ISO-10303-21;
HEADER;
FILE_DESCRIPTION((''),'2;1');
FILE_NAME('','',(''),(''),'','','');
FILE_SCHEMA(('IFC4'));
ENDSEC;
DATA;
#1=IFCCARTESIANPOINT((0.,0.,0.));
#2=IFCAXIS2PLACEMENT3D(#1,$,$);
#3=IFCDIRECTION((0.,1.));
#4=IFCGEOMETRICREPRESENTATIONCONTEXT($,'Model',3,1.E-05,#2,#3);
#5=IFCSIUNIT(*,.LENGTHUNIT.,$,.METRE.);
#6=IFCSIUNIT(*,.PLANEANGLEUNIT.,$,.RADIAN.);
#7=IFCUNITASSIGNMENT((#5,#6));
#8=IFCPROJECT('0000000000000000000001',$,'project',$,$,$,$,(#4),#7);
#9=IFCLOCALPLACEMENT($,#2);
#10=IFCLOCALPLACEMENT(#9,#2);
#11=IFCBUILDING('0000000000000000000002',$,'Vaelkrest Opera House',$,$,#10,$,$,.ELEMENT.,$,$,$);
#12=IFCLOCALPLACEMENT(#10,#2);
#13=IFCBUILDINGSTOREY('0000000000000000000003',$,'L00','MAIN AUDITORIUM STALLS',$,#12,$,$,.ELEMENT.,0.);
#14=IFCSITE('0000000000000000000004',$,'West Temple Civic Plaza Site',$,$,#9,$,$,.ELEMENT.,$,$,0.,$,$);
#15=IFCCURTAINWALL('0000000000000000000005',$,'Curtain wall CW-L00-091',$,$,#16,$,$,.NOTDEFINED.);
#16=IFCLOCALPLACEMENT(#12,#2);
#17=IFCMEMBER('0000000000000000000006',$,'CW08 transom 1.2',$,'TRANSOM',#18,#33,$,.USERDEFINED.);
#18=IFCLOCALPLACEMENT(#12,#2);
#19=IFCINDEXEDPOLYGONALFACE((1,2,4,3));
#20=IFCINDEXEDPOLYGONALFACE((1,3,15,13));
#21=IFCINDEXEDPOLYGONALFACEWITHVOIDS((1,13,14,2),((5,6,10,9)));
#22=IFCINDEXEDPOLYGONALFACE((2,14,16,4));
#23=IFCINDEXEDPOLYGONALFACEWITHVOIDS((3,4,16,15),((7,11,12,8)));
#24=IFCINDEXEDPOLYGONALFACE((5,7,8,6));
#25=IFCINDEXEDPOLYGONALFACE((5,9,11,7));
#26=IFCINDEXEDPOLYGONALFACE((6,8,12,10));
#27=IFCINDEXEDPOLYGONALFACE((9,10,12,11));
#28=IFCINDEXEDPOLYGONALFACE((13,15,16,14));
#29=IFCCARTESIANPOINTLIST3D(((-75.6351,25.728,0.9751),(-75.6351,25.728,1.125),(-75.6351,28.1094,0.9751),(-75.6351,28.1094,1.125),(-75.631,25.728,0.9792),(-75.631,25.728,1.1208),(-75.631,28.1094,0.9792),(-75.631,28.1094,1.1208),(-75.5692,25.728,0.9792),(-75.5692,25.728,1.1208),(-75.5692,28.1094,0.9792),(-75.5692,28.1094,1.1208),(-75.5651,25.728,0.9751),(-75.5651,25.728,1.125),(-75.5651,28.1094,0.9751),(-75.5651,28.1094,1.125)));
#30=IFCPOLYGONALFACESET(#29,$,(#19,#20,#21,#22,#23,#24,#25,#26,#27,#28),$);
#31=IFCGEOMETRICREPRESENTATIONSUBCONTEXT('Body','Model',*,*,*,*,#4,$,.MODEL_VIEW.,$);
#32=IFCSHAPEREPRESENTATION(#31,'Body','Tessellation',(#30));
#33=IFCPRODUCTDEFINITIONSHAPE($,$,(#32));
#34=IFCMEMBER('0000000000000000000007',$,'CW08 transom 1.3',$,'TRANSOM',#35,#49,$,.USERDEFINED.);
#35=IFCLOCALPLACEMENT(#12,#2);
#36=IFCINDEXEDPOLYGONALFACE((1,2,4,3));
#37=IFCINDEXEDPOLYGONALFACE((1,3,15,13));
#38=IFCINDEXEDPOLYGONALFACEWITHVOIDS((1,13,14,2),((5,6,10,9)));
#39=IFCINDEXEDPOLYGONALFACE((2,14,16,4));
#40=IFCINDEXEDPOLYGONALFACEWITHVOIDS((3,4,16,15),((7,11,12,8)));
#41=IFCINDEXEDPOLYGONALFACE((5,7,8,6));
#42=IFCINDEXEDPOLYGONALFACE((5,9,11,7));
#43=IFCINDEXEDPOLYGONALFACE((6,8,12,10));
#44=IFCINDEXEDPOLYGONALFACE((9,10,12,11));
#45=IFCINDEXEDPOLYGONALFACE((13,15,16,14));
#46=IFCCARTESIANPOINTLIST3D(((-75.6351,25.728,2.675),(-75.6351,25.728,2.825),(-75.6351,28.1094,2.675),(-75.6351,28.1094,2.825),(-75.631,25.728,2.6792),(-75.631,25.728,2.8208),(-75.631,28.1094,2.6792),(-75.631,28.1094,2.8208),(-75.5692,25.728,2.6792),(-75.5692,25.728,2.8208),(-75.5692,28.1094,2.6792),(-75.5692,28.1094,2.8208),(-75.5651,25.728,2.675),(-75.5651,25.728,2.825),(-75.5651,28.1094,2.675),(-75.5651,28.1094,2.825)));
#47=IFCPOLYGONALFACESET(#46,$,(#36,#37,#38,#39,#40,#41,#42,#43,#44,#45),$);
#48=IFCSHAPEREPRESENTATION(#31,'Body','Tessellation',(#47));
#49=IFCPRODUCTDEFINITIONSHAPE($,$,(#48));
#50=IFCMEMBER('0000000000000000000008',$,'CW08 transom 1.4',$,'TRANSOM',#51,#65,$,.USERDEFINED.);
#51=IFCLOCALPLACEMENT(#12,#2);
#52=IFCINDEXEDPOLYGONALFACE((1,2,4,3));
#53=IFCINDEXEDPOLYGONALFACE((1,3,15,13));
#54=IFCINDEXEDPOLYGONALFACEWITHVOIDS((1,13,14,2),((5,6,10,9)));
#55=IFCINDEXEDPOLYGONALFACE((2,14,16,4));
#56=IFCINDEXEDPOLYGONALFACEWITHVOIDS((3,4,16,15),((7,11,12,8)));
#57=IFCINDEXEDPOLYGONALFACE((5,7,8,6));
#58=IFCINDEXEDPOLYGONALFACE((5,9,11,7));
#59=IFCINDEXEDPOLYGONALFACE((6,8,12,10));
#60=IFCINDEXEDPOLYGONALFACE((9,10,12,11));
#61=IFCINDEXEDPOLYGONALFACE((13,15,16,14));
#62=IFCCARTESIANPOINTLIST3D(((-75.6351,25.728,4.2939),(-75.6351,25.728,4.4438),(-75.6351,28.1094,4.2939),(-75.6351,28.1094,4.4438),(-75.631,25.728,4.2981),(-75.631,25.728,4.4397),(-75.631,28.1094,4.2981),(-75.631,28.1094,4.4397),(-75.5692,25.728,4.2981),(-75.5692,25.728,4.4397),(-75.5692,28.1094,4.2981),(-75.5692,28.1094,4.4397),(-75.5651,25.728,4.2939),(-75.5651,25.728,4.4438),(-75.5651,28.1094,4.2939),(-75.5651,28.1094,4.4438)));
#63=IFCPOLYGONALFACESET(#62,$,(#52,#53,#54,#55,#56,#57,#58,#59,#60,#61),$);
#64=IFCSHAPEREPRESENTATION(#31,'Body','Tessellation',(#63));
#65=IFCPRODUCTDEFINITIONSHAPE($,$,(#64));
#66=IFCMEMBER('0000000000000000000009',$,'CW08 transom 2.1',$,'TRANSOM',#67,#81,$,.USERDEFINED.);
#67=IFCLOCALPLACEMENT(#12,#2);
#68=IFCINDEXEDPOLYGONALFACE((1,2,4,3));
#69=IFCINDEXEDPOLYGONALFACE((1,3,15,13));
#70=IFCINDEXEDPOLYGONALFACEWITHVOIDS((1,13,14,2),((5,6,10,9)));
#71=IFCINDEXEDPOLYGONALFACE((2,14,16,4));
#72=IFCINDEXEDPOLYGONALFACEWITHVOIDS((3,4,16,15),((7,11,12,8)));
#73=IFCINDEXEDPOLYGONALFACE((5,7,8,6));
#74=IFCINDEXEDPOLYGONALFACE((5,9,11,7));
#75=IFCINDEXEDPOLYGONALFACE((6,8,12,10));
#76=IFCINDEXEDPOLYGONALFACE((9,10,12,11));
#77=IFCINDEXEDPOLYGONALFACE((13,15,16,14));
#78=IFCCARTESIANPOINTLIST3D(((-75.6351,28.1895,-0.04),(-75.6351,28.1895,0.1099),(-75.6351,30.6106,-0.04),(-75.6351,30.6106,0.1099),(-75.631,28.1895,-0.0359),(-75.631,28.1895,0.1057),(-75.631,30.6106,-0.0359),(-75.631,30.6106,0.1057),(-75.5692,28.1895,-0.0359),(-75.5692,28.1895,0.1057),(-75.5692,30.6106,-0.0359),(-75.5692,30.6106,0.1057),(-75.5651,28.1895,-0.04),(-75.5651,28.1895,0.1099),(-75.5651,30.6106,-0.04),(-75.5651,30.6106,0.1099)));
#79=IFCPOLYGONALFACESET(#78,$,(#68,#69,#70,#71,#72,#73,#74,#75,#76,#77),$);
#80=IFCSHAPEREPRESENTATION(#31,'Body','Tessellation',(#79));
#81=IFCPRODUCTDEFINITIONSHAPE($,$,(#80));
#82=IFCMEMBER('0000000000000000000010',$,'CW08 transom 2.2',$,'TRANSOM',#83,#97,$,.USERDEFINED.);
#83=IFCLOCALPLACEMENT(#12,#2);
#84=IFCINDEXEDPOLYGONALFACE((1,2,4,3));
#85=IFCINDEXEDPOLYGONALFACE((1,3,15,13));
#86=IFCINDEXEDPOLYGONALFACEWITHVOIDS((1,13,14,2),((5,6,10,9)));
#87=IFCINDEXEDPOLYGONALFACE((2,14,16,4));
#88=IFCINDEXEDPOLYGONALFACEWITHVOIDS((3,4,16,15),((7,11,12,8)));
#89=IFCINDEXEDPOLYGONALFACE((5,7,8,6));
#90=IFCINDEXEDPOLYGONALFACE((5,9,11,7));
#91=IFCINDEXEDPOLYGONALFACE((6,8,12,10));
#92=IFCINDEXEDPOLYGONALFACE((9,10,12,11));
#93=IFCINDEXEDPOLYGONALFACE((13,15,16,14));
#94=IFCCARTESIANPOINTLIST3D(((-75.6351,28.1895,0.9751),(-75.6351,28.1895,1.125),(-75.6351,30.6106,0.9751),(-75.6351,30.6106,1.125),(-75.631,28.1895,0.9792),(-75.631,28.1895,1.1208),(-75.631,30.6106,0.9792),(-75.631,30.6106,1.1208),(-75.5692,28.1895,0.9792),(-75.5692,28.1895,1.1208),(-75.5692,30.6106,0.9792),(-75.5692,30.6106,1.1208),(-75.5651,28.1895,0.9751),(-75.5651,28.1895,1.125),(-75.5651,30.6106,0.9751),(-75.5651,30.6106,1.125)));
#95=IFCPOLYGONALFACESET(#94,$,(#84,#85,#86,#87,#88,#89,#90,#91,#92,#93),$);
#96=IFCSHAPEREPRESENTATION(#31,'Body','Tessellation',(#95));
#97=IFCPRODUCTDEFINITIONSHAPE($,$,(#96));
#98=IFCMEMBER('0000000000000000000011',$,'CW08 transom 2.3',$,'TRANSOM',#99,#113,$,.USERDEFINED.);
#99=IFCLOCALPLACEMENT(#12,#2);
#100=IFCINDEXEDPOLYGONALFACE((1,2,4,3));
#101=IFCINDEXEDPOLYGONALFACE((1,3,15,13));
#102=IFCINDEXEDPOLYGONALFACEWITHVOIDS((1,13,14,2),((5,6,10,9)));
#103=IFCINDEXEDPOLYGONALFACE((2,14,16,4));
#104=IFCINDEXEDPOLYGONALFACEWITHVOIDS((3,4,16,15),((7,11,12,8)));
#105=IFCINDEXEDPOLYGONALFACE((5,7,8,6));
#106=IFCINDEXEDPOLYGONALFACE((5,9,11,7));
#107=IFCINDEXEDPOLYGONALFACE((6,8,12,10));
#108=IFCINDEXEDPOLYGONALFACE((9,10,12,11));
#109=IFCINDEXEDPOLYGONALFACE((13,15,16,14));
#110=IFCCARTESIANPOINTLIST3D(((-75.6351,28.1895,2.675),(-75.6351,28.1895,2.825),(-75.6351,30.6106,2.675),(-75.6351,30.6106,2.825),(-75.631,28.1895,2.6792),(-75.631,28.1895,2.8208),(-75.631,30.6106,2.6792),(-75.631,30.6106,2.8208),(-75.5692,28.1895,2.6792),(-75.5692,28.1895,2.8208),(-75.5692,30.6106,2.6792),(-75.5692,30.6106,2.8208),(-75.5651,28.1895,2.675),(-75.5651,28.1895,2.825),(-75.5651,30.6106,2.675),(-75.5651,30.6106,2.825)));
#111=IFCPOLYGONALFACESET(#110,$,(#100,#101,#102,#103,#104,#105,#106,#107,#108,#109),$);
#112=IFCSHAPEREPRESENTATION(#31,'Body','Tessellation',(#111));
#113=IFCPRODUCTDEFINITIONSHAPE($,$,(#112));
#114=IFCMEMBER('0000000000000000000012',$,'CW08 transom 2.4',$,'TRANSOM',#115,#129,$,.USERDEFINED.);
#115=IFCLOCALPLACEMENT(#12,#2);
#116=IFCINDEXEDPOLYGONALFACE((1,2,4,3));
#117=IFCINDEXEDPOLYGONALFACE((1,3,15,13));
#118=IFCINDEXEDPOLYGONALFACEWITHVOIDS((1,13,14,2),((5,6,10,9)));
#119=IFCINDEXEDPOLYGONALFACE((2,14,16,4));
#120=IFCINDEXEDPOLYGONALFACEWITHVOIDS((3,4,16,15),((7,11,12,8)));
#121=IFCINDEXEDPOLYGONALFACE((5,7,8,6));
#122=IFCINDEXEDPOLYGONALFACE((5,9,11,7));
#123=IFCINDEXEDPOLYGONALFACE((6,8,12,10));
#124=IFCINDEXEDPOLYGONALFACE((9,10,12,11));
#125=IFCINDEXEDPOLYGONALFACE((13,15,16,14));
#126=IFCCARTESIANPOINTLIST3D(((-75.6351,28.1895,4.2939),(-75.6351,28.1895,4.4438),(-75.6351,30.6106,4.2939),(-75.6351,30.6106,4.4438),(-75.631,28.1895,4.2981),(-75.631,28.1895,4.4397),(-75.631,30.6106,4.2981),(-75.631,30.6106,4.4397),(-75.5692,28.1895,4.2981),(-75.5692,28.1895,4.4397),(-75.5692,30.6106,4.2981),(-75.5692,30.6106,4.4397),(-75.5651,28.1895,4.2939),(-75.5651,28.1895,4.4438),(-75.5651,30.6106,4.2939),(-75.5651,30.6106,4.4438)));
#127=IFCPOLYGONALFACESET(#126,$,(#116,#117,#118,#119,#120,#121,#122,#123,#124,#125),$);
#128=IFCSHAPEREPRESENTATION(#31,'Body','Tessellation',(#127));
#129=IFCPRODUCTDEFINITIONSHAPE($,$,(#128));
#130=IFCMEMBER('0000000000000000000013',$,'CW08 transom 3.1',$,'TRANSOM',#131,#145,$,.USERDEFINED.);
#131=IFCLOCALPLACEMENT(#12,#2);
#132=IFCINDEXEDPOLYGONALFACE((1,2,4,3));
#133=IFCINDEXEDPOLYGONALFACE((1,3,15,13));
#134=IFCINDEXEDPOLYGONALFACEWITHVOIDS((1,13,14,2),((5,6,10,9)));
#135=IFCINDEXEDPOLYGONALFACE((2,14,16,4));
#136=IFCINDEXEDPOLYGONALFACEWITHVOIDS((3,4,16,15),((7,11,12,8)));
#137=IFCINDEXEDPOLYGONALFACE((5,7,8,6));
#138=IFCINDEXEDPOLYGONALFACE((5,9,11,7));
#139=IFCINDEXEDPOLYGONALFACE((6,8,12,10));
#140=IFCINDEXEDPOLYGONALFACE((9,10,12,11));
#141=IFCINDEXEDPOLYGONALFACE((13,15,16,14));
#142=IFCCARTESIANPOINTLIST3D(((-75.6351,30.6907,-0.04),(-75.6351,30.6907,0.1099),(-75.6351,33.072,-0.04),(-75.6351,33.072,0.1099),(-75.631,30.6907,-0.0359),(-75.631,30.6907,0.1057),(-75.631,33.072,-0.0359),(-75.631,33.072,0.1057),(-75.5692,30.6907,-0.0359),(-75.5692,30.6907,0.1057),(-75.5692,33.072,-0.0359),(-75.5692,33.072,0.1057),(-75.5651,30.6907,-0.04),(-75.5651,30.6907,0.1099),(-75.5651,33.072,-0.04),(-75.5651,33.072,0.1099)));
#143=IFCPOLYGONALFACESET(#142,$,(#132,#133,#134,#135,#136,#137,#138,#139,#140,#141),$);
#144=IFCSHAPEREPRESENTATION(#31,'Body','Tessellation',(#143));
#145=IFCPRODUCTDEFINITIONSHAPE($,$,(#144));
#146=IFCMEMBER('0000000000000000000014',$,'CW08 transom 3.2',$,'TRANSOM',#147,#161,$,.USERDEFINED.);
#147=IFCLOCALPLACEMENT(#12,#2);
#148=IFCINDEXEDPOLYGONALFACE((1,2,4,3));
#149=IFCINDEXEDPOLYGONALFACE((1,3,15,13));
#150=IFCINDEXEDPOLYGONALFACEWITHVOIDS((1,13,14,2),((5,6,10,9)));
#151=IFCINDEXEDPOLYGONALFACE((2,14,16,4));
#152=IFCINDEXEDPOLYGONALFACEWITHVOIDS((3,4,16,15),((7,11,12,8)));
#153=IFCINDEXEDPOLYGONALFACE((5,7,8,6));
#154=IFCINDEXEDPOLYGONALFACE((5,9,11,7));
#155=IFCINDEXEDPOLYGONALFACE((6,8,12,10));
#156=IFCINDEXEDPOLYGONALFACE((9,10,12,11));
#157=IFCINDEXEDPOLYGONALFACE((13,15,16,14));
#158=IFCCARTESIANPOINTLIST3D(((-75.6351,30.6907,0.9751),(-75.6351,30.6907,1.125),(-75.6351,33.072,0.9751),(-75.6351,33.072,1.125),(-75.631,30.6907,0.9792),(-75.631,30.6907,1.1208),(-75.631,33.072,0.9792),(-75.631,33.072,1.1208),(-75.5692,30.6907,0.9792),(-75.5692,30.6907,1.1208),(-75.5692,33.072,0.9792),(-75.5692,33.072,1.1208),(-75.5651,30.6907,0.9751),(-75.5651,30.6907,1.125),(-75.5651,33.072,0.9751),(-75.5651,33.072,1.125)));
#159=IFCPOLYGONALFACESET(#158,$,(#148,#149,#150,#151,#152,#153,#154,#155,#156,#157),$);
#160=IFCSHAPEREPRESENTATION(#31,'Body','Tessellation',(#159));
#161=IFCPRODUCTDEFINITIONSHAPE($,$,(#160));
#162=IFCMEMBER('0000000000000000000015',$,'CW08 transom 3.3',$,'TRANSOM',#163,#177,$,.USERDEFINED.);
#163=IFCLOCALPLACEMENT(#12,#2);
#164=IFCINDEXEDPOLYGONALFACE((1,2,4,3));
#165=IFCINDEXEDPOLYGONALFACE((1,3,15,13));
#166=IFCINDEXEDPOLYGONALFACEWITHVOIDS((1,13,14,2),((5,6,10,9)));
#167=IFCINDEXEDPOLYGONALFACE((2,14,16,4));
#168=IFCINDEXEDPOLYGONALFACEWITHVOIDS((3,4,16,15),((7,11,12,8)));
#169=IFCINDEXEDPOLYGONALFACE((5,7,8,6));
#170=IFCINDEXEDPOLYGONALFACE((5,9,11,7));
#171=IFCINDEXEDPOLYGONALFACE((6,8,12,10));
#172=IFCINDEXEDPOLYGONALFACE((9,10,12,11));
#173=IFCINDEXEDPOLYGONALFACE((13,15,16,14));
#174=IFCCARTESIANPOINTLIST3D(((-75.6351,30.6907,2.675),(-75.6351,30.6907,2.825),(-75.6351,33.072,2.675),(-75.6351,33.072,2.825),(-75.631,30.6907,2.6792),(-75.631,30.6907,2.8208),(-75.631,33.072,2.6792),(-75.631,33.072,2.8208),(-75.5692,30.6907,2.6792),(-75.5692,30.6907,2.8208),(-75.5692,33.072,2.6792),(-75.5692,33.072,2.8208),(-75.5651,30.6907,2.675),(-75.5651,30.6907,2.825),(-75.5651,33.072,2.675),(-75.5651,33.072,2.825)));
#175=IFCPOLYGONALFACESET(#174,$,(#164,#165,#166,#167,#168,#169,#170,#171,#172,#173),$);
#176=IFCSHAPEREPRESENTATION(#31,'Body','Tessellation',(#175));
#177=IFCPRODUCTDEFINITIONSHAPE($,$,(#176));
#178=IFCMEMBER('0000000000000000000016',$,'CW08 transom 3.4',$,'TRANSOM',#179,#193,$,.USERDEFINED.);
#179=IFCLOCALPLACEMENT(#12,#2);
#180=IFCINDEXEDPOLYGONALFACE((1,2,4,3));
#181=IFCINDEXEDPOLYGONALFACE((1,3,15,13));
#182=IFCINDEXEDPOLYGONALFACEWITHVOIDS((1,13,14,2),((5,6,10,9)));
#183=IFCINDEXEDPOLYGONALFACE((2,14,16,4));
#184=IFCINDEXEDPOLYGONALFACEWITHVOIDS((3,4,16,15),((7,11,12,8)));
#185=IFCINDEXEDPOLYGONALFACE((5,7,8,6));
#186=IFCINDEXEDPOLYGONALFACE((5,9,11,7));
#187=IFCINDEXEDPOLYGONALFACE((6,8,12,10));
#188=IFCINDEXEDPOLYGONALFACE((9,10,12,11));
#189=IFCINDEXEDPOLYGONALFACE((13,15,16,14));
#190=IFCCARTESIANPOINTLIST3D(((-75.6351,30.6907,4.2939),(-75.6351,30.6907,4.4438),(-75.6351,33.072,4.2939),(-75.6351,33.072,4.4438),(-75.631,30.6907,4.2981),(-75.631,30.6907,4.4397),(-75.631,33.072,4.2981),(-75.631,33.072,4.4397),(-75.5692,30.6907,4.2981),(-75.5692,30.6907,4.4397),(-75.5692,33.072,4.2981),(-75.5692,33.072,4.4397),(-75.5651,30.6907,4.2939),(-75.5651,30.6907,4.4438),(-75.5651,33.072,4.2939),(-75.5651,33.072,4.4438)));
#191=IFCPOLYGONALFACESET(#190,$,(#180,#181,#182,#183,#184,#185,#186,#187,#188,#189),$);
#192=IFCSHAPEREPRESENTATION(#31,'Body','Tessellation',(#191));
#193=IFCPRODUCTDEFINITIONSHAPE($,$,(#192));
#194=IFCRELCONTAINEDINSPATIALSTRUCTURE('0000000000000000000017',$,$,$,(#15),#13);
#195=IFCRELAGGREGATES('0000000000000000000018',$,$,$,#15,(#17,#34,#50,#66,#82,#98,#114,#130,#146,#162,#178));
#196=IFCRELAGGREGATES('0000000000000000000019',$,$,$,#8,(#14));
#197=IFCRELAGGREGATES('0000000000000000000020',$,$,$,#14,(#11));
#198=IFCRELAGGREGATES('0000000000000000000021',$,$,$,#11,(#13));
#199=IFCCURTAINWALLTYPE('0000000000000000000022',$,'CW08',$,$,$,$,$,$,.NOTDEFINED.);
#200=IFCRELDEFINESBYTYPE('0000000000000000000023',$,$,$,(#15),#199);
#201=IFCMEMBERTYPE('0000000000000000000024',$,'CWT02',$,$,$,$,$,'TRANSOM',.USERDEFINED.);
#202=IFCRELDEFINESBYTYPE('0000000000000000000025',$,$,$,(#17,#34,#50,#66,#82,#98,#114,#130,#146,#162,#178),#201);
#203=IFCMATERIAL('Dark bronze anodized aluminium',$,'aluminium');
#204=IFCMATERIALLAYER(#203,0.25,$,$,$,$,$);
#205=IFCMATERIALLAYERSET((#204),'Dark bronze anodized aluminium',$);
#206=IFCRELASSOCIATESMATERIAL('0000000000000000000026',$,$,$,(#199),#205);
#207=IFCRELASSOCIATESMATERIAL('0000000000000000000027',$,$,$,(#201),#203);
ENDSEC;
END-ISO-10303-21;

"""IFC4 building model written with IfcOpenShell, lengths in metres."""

from ifc_helpers import new_model, si_unit, direction, frame, origin, origin_2d, place, context, subcontext, project, spatial, hollow_rectangle, extrude, material, layer, layer_set, material_profile, profile_set, type_object, element, aggregate, save


model = new_model("IFC4")

# Units and contexts
model_context = context("Model", 3, precision=1e-05, world=origin(), true_north=direction((0.0, 1.0)))
body_context = subcontext(model_context, "Body", "Model", "MODEL_VIEW")
ifc_project = project(units=[si_unit("LENGTHUNIT", "METRE"), si_unit("PLANEANGLEUNIT", "RADIAN")], contexts=[model_context])

# Site, building, storey
site_placement = place(None, origin())
site = spatial("IfcSite", under=ifc_project, at=site_placement, Name="West Temple Civic Plaza Site", CompositionType="ELEMENT", RefElevation=0.0)
building_placement = place(site_placement, origin())
building = spatial("IfcBuilding", under=site, at=building_placement, Name="Vaelkrest Opera House", CompositionType="ELEMENT")
storey_placement = place(building_placement, origin())
storey = spatial("IfcBuildingStorey", under=building, at=storey_placement, Name="L00", Description="MAIN AUDITORIUM STALLS", CompositionType="ELEMENT", Elevation=0.0)

# Curtain wall, members
ifc_material_1 = material(Name="Dark bronze anodized aluminium", Category="aluminium")
ifc_layer_1 = layer(ifc_material_1, 0.25)
ifc_layer_set_1 = layer_set([ifc_layer_1], Name="Dark bronze anodized aluminium")
curtain_wall_type = type_object("IfcCurtainWallType", Name="CW08", PredefinedType="NOTDEFINED", material=ifc_layer_set_1)
curtain_wall_placement = place(storey_placement, origin())
curtain_wall = element("IfcCurtainWall", 1, at=curtain_wall_placement, inside=storey, type_object=curtain_wall_type, Name="Curtain wall CW-L00-091", PredefinedType="NOTDEFINED")
ifc_material_profile_1 = material_profile(ifc_material_1, hollow_rectangle(XDim=0.0701, YDim=0.1499, WallThickness=0.0042, at=origin_2d()), Name="CWT70X150")
ifc_profile_set_1 = profile_set([ifc_material_profile_1], Name="Dark bronze anodized aluminium")
member_type_1 = type_object("IfcMemberType", Name="CWT02", ElementType="TRANSOM", PredefinedType="USERDEFINED", material=ifc_profile_set_1)
member_1_placement = place(storey_placement, frame((-75.6001, 25.728, 1.05), z_axis=(0.0, 1.0, 0.0), x_axis=(-1.0, 0.0, 0.0)))
member_1 = element("IfcMember", 2, at=member_1_placement, type_object=member_type_1, Name="CW08 transom 1.2", ObjectType="TRANSOM", PredefinedType="USERDEFINED", context=body_context, shape_type="SweptSolid", body=[
    extrude(hollow_rectangle(XDim=0.0701, YDim=0.1499, WallThickness=0.0042, at=origin_2d()), origin(), (0.0, 0.0, 1.0), 2.3813),
])
member_2_placement = place(storey_placement, frame((-75.6001, 25.728, 2.75), z_axis=(0.0, 1.0, 0.0), x_axis=(-1.0, 0.0, 0.0)))
member_2 = element("IfcMember", 3, at=member_2_placement, type_object=member_type_1, Name="CW08 transom 1.3", ObjectType="TRANSOM", PredefinedType="USERDEFINED", context=body_context, shape_type="SweptSolid", body=[
    extrude(hollow_rectangle(XDim=0.0701, YDim=0.1499, WallThickness=0.0042, at=origin_2d()), origin(), (0.0, 0.0, 1.0), 2.3813),
])
member_3_placement = place(storey_placement, frame((-75.6001, 25.728, 4.3689), z_axis=(0.0, 1.0, 0.0), x_axis=(-1.0, 0.0, 0.0)))
member_3 = element("IfcMember", 4, at=member_3_placement, type_object=member_type_1, Name="CW08 transom 1.4", ObjectType="TRANSOM", PredefinedType="USERDEFINED", context=body_context, shape_type="SweptSolid", body=[
    extrude(hollow_rectangle(XDim=0.0701, YDim=0.1499, WallThickness=0.0042, at=origin_2d()), origin(), (0.0, 0.0, 1.0), 2.3813),
])
member_4_placement = place(storey_placement, frame((-75.6001, 28.1895, 0.0349), z_axis=(0.0, 1.0, 0.0), x_axis=(-1.0, 0.0, 0.0)))
member_4 = element("IfcMember", 5, at=member_4_placement, type_object=member_type_1, Name="CW08 transom 2.1", ObjectType="TRANSOM", PredefinedType="USERDEFINED", context=body_context, shape_type="SweptSolid", body=[
    extrude(hollow_rectangle(XDim=0.0701, YDim=0.1499, WallThickness=0.0042, at=origin_2d()), origin(), (0.0, 0.0, 1.0), 2.4211),
])
member_5_placement = place(storey_placement, frame((-75.6001, 28.1895, 1.05), z_axis=(0.0, 1.0, 0.0), x_axis=(-1.0, 0.0, 0.0)))
member_5 = element("IfcMember", 6, at=member_5_placement, type_object=member_type_1, Name="CW08 transom 2.2", ObjectType="TRANSOM", PredefinedType="USERDEFINED", context=body_context, shape_type="SweptSolid", body=[
    extrude(hollow_rectangle(XDim=0.0701, YDim=0.1499, WallThickness=0.0042, at=origin_2d()), origin(), (0.0, 0.0, 1.0), 2.4211),
])
member_6_placement = place(storey_placement, frame((-75.6001, 28.1895, 2.75), z_axis=(0.0, 1.0, 0.0), x_axis=(-1.0, 0.0, 0.0)))
member_6 = element("IfcMember", 7, at=member_6_placement, type_object=member_type_1, Name="CW08 transom 2.3", ObjectType="TRANSOM", PredefinedType="USERDEFINED", context=body_context, shape_type="SweptSolid", body=[
    extrude(hollow_rectangle(XDim=0.0701, YDim=0.1499, WallThickness=0.0042, at=origin_2d()), origin(), (0.0, 0.0, 1.0), 2.4211),
])
member_7_placement = place(storey_placement, frame((-75.6001, 28.1895, 4.3689), z_axis=(0.0, 1.0, 0.0), x_axis=(-1.0, 0.0, 0.0)))
member_7 = element("IfcMember", 8, at=member_7_placement, type_object=member_type_1, Name="CW08 transom 2.4", ObjectType="TRANSOM", PredefinedType="USERDEFINED", context=body_context, shape_type="SweptSolid", body=[
    extrude(hollow_rectangle(XDim=0.0701, YDim=0.1499, WallThickness=0.0042, at=origin_2d()), origin(), (0.0, 0.0, 1.0), 2.4211),
])
member_8_placement = place(storey_placement, frame((-75.6001, 30.6907, 0.0349), z_axis=(0.0, 1.0, 0.0), x_axis=(-1.0, 0.0, 0.0)))
member_8 = element("IfcMember", 9, at=member_8_placement, type_object=member_type_1, Name="CW08 transom 3.1", ObjectType="TRANSOM", PredefinedType="USERDEFINED", context=body_context, shape_type="SweptSolid", body=[
    extrude(hollow_rectangle(XDim=0.0701, YDim=0.1499, WallThickness=0.0042, at=origin_2d()), origin(), (0.0, 0.0, 1.0), 2.3813),
])
member_9_placement = place(storey_placement, frame((-75.6001, 30.6907, 1.05), z_axis=(0.0, 1.0, 0.0), x_axis=(-1.0, 0.0, 0.0)))
member_9 = element("IfcMember", 10, at=member_9_placement, type_object=member_type_1, Name="CW08 transom 3.2", ObjectType="TRANSOM", PredefinedType="USERDEFINED", context=body_context, shape_type="SweptSolid", body=[
    extrude(hollow_rectangle(XDim=0.0701, YDim=0.1499, WallThickness=0.0042, at=origin_2d()), origin(), (0.0, 0.0, 1.0), 2.3813),
])
member_10_placement = place(storey_placement, frame((-75.6001, 30.6907, 2.75), z_axis=(0.0, 1.0, 0.0), x_axis=(-1.0, 0.0, 0.0)))
member_10 = element("IfcMember", 11, at=member_10_placement, type_object=member_type_1, Name="CW08 transom 3.3", ObjectType="TRANSOM", PredefinedType="USERDEFINED", context=body_context, shape_type="SweptSolid", body=[
    extrude(hollow_rectangle(XDim=0.0701, YDim=0.1499, WallThickness=0.0042, at=origin_2d()), origin(), (0.0, 0.0, 1.0), 2.3813),
])
member_11_placement = place(storey_placement, frame((-75.6001, 30.6907, 4.3689), z_axis=(0.0, 1.0, 0.0), x_axis=(-1.0, 0.0, 0.0)))
member_11 = element("IfcMember", 12, at=member_11_placement, type_object=member_type_1, Name="CW08 transom 3.4", ObjectType="TRANSOM", PredefinedType="USERDEFINED", context=body_context, shape_type="SweptSolid", body=[
    extrude(hollow_rectangle(XDim=0.0701, YDim=0.1499, WallThickness=0.0042, at=origin_2d()), origin(), (0.0, 0.0, 1.0), 2.3813),
])

aggregate(curtain_wall, [member_1, member_2, member_3, member_4, member_5, member_6, member_7, member_8, member_9, member_10, member_11])

save(model, "model.ifc")
